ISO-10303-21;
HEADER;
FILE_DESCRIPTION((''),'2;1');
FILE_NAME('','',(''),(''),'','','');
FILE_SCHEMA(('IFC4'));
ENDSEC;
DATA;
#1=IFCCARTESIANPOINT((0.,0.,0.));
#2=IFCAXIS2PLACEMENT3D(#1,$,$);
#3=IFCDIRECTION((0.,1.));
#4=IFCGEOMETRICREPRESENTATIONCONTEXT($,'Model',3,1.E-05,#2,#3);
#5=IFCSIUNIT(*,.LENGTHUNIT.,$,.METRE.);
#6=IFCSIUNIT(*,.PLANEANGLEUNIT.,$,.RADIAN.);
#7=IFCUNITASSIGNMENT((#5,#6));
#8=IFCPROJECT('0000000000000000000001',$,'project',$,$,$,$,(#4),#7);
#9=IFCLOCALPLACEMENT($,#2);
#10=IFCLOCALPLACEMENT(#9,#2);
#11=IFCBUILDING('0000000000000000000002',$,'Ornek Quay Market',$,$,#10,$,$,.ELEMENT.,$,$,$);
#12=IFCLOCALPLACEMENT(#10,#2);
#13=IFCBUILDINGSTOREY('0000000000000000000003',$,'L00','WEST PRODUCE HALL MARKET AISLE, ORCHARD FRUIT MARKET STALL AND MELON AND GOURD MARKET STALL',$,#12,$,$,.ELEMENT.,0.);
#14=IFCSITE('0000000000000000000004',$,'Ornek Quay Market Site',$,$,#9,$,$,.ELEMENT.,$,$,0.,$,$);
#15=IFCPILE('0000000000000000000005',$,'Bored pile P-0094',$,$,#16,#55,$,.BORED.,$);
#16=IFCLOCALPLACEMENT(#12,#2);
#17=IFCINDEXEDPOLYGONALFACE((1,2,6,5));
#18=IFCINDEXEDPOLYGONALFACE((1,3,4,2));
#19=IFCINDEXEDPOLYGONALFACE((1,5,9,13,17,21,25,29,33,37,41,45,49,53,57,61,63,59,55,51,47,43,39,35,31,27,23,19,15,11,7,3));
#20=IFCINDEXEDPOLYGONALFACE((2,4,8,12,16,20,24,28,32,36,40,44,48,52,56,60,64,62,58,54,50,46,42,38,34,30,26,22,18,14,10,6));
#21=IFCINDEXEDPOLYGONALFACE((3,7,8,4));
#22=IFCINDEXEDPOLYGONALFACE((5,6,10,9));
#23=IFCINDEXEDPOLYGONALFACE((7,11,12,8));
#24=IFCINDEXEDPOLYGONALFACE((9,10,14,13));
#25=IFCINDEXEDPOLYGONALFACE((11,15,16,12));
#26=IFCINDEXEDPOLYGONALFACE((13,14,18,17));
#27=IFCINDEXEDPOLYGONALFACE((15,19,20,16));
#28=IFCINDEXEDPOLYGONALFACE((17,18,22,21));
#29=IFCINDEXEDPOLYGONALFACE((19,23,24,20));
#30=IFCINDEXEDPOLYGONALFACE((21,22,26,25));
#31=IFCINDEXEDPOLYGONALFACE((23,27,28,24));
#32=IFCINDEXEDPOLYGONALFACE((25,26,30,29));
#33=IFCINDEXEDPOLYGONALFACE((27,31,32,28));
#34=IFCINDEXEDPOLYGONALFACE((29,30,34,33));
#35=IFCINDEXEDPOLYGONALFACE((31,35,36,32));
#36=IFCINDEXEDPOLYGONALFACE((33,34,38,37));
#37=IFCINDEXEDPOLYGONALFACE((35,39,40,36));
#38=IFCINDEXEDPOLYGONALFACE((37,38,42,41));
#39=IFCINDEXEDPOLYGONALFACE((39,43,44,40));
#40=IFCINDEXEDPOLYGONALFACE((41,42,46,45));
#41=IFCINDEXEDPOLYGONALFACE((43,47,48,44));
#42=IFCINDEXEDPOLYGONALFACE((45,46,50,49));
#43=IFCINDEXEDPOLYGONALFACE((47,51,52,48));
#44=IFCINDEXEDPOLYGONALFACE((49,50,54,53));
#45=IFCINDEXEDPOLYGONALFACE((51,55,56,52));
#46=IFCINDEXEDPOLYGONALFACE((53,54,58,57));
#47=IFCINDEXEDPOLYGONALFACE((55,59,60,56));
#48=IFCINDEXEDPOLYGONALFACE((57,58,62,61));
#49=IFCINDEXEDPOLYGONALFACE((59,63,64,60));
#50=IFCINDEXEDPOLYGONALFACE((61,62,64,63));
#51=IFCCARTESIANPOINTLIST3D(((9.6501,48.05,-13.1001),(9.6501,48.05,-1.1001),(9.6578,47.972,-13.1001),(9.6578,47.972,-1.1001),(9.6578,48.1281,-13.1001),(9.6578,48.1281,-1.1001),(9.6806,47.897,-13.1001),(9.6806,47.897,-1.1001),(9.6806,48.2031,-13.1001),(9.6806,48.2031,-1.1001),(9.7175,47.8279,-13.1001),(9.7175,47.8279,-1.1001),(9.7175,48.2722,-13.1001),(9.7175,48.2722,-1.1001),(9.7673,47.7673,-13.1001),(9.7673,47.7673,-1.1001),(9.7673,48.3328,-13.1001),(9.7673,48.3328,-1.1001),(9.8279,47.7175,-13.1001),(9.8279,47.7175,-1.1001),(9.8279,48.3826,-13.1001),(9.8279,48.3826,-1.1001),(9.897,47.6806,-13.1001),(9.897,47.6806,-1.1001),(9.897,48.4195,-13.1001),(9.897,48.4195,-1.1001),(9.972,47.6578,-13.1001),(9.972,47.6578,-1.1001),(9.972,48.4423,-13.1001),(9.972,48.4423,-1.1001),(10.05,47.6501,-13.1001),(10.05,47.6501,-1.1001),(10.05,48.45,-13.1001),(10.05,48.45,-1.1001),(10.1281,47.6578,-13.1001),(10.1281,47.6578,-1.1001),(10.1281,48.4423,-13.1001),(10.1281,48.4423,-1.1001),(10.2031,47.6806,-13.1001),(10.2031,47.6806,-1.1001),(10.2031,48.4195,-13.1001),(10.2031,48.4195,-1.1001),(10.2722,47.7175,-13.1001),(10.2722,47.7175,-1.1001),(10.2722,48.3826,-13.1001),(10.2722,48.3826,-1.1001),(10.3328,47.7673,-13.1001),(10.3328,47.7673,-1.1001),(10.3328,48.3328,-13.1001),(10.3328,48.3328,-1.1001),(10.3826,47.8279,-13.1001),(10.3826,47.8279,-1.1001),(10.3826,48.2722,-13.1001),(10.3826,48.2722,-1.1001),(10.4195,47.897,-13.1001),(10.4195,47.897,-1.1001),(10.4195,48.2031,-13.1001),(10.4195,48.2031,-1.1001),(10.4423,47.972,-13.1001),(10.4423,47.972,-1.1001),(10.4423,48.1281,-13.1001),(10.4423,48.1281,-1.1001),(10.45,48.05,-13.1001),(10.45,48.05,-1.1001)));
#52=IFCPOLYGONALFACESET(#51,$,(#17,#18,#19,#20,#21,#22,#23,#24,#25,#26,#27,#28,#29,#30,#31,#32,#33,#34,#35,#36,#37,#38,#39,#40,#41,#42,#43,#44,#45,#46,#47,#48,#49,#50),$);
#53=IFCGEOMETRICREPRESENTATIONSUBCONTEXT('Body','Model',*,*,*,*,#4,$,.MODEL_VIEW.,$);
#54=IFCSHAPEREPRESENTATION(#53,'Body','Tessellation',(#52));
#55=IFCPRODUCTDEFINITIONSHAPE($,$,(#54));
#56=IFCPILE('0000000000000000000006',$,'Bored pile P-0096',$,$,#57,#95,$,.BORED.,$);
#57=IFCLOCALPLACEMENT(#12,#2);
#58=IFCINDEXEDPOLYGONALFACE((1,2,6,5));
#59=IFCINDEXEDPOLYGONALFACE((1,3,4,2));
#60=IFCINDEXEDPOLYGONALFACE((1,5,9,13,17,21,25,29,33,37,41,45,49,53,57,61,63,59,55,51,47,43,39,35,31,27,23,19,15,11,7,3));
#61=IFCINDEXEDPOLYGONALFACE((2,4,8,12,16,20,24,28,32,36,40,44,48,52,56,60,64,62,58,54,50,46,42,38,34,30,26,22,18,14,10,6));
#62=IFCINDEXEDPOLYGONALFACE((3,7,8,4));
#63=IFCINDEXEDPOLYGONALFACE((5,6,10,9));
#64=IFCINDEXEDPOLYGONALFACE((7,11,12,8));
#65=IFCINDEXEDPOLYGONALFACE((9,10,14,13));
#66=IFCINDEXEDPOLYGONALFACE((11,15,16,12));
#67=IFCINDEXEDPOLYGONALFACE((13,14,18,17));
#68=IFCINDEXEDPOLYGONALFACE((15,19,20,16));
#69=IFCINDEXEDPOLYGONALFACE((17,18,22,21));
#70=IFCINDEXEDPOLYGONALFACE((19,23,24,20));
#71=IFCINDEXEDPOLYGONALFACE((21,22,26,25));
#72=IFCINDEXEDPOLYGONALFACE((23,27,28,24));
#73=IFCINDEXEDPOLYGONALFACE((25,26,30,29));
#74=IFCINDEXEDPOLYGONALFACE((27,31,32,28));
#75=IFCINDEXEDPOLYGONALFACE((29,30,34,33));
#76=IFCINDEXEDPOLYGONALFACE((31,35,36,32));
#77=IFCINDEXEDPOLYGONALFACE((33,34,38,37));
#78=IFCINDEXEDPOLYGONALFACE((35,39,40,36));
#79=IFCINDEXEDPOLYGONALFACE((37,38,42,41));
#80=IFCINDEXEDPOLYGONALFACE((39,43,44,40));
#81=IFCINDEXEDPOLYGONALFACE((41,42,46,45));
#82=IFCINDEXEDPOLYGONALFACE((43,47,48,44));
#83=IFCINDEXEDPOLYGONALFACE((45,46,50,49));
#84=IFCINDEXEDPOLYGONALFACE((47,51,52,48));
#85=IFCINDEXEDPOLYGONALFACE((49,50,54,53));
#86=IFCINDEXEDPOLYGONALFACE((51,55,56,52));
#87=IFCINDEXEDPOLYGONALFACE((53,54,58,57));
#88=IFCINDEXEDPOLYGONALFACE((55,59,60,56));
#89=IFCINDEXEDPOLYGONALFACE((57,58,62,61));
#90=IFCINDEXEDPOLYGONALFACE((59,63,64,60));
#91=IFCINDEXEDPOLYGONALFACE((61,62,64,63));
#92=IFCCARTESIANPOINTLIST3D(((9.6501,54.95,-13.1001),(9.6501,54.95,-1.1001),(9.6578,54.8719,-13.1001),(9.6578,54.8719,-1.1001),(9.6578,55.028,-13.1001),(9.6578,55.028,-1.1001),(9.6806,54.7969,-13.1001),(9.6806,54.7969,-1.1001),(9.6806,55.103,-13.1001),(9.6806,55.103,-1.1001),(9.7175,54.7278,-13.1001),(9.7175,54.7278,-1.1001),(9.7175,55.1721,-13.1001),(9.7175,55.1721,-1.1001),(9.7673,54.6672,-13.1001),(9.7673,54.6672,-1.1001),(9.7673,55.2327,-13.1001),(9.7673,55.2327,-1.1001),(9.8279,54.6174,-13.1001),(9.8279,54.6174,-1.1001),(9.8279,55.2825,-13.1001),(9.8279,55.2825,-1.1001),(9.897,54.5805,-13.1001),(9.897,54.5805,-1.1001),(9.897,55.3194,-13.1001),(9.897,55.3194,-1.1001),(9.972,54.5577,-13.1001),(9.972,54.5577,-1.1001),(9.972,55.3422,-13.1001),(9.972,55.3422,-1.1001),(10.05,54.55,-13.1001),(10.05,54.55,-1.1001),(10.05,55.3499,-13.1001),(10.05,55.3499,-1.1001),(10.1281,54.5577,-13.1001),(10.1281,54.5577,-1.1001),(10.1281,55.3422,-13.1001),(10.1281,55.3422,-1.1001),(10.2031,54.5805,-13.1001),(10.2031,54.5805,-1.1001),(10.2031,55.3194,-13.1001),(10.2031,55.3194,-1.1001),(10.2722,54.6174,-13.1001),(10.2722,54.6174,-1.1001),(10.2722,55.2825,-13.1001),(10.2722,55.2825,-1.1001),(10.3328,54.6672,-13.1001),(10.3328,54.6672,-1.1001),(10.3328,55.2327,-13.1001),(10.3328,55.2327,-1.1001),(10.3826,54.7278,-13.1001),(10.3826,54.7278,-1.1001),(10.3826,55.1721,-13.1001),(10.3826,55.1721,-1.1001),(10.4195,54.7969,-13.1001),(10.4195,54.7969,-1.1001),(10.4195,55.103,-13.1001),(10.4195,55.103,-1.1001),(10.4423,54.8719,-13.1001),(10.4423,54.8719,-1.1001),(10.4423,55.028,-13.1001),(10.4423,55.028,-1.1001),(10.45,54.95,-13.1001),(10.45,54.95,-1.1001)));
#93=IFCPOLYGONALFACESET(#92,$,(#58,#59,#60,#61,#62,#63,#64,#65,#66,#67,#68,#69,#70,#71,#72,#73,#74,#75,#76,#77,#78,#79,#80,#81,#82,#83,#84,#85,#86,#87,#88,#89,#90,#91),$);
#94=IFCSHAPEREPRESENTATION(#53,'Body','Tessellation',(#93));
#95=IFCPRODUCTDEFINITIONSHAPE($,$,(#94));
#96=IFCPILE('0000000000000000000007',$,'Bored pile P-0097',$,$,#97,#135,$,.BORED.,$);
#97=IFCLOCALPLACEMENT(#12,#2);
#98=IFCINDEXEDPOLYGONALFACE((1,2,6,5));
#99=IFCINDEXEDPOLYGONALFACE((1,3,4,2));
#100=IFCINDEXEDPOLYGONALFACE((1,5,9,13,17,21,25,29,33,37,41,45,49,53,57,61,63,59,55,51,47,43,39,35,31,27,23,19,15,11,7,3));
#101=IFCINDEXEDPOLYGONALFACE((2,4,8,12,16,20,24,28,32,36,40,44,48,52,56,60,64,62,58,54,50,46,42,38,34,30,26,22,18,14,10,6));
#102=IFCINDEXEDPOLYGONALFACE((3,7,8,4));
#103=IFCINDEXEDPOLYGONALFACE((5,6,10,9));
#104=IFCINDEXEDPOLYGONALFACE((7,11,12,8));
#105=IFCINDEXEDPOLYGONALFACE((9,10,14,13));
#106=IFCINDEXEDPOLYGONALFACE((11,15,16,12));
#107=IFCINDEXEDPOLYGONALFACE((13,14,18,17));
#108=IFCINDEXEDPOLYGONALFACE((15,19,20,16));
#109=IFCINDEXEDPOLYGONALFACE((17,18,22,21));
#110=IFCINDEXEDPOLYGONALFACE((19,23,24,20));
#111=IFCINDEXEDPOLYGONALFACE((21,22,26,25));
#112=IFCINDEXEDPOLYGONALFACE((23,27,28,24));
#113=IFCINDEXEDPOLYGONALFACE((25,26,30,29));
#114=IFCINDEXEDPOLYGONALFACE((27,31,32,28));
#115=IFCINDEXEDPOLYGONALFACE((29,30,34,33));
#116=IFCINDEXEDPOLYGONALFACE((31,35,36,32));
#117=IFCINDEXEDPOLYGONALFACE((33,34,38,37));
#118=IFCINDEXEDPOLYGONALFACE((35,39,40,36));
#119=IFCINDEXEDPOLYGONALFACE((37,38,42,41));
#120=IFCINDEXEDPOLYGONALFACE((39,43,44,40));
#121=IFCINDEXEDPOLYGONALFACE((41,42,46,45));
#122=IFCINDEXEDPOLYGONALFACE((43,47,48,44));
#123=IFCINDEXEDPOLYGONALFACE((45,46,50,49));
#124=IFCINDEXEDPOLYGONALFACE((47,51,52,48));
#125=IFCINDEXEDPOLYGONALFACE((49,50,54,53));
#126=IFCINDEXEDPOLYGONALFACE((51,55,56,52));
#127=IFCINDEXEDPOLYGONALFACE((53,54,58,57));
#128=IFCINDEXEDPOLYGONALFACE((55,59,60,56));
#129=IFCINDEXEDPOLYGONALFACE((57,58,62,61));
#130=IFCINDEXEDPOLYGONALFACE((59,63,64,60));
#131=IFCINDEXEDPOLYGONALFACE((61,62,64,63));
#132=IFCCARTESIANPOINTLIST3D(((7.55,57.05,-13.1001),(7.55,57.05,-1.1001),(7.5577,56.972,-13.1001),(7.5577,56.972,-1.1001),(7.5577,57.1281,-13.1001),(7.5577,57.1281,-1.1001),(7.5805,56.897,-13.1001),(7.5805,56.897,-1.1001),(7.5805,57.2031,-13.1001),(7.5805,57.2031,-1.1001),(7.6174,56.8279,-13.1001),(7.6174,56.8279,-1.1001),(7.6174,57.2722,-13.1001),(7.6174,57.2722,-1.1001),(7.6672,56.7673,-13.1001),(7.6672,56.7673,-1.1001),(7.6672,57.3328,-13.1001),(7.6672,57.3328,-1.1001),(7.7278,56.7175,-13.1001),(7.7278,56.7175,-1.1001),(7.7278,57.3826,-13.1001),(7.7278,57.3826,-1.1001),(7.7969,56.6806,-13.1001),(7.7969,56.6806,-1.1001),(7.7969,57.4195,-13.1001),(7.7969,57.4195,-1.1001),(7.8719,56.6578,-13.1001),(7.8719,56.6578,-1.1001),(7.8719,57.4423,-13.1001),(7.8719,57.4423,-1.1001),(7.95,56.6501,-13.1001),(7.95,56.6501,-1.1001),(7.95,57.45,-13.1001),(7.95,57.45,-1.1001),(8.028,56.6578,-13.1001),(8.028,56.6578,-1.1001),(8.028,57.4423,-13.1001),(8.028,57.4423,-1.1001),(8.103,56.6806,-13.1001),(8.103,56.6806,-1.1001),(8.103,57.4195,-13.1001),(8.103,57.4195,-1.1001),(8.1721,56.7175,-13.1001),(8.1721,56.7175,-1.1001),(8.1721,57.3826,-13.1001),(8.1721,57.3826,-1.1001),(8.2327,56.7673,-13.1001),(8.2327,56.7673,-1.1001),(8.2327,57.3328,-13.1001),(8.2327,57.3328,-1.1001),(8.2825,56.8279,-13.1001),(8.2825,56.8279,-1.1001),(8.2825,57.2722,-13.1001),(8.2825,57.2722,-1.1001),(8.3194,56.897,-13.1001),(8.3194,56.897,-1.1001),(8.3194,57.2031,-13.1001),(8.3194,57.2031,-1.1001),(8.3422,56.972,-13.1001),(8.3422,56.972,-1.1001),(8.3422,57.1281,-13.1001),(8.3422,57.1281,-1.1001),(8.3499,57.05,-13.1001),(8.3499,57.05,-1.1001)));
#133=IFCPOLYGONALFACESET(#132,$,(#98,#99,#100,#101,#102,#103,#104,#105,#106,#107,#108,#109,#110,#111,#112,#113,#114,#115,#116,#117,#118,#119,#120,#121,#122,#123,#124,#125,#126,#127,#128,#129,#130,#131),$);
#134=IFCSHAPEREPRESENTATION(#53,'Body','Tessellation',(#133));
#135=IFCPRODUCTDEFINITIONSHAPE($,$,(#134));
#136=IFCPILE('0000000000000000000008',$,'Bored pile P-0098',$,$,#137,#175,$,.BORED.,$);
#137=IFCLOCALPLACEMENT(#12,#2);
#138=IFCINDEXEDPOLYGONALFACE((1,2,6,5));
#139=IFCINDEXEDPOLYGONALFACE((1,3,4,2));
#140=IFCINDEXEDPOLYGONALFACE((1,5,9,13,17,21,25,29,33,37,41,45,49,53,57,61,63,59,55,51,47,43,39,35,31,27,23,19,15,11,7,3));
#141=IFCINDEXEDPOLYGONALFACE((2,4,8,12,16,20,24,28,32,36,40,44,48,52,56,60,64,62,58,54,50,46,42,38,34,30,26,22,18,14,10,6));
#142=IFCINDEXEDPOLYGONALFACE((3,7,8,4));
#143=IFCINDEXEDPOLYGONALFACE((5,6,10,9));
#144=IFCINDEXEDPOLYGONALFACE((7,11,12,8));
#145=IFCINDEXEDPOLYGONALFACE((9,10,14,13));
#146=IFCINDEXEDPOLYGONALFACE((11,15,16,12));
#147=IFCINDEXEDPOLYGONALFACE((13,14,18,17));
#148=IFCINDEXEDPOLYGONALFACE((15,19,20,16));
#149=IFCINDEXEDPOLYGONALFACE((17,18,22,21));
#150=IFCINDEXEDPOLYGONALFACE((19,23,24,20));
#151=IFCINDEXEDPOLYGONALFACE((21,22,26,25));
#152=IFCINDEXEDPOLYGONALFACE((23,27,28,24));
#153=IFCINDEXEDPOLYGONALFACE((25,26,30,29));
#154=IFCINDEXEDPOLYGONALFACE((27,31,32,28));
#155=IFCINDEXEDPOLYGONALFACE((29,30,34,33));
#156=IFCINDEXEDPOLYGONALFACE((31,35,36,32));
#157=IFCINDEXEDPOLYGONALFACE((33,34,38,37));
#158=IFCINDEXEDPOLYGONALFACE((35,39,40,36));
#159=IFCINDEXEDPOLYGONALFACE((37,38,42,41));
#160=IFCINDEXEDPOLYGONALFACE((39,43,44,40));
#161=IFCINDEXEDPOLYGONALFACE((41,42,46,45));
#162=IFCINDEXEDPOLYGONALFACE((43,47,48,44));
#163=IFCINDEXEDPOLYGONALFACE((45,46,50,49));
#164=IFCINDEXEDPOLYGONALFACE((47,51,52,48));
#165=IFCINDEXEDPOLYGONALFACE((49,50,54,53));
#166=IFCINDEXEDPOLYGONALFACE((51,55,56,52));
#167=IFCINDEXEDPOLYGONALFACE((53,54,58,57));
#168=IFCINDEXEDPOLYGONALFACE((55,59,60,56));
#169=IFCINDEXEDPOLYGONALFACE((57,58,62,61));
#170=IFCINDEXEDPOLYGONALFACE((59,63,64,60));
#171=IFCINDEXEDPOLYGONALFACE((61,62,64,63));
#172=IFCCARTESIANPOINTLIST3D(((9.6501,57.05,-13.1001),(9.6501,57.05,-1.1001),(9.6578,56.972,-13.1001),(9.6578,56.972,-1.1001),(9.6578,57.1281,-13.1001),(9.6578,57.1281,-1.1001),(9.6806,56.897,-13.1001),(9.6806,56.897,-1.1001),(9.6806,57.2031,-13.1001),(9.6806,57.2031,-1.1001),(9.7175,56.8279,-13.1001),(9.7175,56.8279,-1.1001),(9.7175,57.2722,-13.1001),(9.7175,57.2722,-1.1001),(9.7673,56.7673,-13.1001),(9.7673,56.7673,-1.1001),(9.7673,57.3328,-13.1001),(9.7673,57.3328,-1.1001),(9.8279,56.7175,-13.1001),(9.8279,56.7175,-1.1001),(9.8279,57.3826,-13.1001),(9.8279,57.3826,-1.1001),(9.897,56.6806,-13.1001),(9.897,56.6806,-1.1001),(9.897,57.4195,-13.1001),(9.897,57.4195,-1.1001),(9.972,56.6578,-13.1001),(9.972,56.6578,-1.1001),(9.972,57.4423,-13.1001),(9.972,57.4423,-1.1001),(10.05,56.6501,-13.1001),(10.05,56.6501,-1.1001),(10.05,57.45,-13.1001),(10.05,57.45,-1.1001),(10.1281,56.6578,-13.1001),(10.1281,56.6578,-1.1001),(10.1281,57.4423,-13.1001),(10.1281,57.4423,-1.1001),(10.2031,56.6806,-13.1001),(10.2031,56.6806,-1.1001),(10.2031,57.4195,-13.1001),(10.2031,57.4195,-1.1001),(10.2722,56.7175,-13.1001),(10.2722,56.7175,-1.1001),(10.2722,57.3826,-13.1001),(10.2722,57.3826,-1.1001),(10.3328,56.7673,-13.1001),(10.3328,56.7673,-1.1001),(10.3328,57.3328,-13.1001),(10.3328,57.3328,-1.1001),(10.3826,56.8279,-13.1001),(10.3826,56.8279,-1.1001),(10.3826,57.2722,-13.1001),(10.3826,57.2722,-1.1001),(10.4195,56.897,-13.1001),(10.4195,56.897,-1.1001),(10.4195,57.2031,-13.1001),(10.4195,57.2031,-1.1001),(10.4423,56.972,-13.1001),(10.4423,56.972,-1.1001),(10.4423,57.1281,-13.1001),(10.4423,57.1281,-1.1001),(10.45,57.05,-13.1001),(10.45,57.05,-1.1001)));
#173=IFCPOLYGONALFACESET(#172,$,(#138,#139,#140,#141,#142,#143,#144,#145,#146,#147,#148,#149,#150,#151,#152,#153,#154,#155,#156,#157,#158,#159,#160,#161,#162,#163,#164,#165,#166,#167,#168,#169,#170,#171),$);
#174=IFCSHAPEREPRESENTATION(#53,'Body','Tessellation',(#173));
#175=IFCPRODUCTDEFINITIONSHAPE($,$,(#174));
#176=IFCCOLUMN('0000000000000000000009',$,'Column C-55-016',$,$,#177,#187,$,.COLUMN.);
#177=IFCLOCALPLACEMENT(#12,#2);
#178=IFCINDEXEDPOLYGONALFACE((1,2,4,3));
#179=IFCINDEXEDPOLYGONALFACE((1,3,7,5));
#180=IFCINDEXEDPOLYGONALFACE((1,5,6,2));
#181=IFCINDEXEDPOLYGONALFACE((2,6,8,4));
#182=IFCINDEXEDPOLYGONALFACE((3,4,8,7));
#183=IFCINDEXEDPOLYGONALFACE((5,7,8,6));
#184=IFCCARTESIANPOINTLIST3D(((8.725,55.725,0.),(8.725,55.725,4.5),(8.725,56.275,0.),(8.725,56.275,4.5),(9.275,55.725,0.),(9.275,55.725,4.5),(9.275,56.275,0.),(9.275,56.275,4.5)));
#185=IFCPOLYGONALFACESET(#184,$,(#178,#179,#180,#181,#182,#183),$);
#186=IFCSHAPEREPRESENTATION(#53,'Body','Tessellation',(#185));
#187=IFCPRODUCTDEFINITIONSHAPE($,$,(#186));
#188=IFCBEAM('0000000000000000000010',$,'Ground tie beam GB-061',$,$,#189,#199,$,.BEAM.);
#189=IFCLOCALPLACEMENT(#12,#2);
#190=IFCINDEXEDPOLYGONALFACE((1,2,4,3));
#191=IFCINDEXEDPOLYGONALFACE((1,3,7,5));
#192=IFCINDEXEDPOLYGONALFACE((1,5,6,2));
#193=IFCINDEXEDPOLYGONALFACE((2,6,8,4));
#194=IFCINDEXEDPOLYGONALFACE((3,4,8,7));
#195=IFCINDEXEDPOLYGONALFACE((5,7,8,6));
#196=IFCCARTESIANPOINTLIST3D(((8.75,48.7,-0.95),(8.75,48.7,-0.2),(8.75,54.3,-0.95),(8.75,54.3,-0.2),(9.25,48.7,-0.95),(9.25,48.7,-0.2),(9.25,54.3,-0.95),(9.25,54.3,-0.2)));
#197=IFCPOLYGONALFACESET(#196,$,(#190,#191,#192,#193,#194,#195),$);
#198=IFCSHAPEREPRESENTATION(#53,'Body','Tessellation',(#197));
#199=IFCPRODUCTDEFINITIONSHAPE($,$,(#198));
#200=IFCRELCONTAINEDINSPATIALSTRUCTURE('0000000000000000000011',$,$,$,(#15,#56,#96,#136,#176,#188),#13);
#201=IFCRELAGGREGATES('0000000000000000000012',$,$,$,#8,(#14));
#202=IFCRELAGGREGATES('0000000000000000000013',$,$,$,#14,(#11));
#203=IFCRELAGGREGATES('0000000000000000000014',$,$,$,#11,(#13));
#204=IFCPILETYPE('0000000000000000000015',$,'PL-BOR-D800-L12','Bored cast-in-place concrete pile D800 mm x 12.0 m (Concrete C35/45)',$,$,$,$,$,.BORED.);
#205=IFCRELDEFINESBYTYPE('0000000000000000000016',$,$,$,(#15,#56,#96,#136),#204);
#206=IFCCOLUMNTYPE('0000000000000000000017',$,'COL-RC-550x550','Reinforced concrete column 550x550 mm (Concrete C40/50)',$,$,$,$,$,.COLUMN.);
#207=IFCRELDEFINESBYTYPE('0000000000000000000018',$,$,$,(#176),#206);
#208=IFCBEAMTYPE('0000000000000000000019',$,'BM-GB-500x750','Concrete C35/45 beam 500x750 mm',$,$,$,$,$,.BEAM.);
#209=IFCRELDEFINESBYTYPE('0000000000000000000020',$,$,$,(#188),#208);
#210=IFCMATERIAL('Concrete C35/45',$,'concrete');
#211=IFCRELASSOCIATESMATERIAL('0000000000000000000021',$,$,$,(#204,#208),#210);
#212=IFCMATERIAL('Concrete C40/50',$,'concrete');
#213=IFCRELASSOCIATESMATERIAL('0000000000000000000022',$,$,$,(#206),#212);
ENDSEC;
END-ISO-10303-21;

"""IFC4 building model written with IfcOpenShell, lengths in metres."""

from ifc_helpers import new_model, si_unit, direction, frame, origin, origin_2d, place, context, subcontext, project, spatial, rectangle, circle, extrude, material, material_profile, profile_set, type_object, element, save


model = new_model("IFC4")

# Units and contexts
model_context = context("Model", 3, precision=1e-05, world=origin(), true_north=direction((0.0, 1.0)))
body_context = subcontext(model_context, "Body", "Model", "MODEL_VIEW")
ifc_project = project(units=[si_unit("LENGTHUNIT", "METRE"), si_unit("PLANEANGLEUNIT", "RADIAN")], contexts=[model_context])

# Site, building, storey
site_placement = place(None, origin())
site = spatial("IfcSite", under=ifc_project, at=site_placement, Name="Ornek Quay Market Site", CompositionType="ELEMENT", RefElevation=0.0)
building_placement = place(site_placement, origin())
building = spatial("IfcBuilding", under=site, at=building_placement, Name="Ornek Quay Market", CompositionType="ELEMENT")
storey_placement = place(building_placement, origin())
storey = spatial("IfcBuildingStorey", under=building, at=storey_placement, Name="L00", Description="WEST PRODUCE HALL MARKET AISLE, ORCHARD FRUIT MARKET STALL AND MELON AND GOURD MARKET STALL", CompositionType="ELEMENT", Elevation=0.0)

# Piles
ifc_material_1 = material(Name="Concrete C35/45", Category="concrete")
ifc_material_profile_1 = material_profile(ifc_material_1, circle(Radius=0.3999, at=origin_2d()), Name="PILE D800", Category="concrete")
ifc_profile_set_1 = profile_set([ifc_material_profile_1], Name="Concrete C35/45")
pile_type = type_object("IfcPileType", Name="PL-BOR-D800-L12", Description="Bored cast-in-place concrete pile D800 mm x 12.0 m (Concrete C35/45)", PredefinedType="BORED", material=ifc_profile_set_1)
for number, where, z_axis, x_axis, name in (
    (1, (10.05, 48.05, -1.1001), (0.0, 0.0, -1.0), (1.0, 0.0, 0.0), "Bored pile P-0094"),
    (2, (10.05, 54.95, -1.1001), (0.0, 0.0, -1.0), (1.0, 0.0, 0.0), "Bored pile P-0096"),
    (3, (7.95, 57.05, -1.1001), (0.0, 0.0, -1.0), (1.0, 0.0, 0.0), "Bored pile P-0097"),
    (4, (10.05, 57.05, -1.1001), (0.0, 0.0, -1.0), (1.0, 0.0, 0.0), "Bored pile P-0098"),
):
    element("IfcPile", number, at=place(storey_placement, frame(where, z_axis=z_axis, x_axis=x_axis)), inside=storey, type_object=pile_type, Name=name, PredefinedType="BORED", context=body_context, shape_type="SweptSolid", body=[
        extrude(circle(Radius=0.3999, at=origin_2d()), origin(), (0.0, 0.0, 1.0), 12.0),
    ])

# Column
ifc_material_2 = material(Name="Concrete C40/50", Category="concrete")
ifc_material_profile_2 = material_profile(ifc_material_2, rectangle(XDim=0.55, YDim=0.55, at=origin_2d()), Name="RC 550x550", Category="concrete")
ifc_profile_set_2 = profile_set([ifc_material_profile_2], Name="Concrete C40/50")
column_type = type_object("IfcColumnType", Name="COL-RC-550x550", Description="Reinforced concrete column 550x550 mm (Concrete C40/50)", PredefinedType="COLUMN", material=ifc_profile_set_2)
column_placement = place(storey_placement, frame((9.0, 56.0, 0.0), z_axis=(0.0, 0.0, 1.0), x_axis=(1.0, 0.0, 0.0)))
element("IfcColumn", 5, at=column_placement, inside=storey, type_object=column_type, Name="Column C-55-016", PredefinedType="COLUMN", context=body_context, shape_type="SweptSolid", body=[
    extrude(rectangle(XDim=0.55, YDim=0.55, at=origin_2d()), origin(), (0.0, 0.0, 1.0), 4.5),
])

# Beam
ifc_material_profile_3 = material_profile(ifc_material_1, rectangle(XDim=0.5, YDim=0.75, at=origin_2d()), Name="RC 500x750", Category="concrete")
ifc_profile_set_3 = profile_set([ifc_material_profile_3], Name="Concrete C35/45")
beam_type_1 = type_object("IfcBeamType", Name="BM-GB-500x750", Description="Concrete C35/45 beam 500x750 mm", PredefinedType="BEAM", material=ifc_profile_set_3)
for number, where, z_axis, x_axis, name in (
    (6, (9.0, 48.7, -0.575), (0.0, 1.0, 0.0), (-1.0, 0.0, 0.0), "Ground tie beam GB-061"),
):
    element("IfcBeam", number, at=place(storey_placement, frame(where, z_axis=z_axis, x_axis=x_axis)), inside=storey, type_object=beam_type_1, Name=name, PredefinedType="BEAM", context=body_context, shape_type="SweptSolid", body=[
        extrude(rectangle(XDim=0.5, YDim=0.75, at=origin_2d()), origin(), (0.0, 0.0, 1.0), 5.6001),
    ])

save(model, "model.ifc")
